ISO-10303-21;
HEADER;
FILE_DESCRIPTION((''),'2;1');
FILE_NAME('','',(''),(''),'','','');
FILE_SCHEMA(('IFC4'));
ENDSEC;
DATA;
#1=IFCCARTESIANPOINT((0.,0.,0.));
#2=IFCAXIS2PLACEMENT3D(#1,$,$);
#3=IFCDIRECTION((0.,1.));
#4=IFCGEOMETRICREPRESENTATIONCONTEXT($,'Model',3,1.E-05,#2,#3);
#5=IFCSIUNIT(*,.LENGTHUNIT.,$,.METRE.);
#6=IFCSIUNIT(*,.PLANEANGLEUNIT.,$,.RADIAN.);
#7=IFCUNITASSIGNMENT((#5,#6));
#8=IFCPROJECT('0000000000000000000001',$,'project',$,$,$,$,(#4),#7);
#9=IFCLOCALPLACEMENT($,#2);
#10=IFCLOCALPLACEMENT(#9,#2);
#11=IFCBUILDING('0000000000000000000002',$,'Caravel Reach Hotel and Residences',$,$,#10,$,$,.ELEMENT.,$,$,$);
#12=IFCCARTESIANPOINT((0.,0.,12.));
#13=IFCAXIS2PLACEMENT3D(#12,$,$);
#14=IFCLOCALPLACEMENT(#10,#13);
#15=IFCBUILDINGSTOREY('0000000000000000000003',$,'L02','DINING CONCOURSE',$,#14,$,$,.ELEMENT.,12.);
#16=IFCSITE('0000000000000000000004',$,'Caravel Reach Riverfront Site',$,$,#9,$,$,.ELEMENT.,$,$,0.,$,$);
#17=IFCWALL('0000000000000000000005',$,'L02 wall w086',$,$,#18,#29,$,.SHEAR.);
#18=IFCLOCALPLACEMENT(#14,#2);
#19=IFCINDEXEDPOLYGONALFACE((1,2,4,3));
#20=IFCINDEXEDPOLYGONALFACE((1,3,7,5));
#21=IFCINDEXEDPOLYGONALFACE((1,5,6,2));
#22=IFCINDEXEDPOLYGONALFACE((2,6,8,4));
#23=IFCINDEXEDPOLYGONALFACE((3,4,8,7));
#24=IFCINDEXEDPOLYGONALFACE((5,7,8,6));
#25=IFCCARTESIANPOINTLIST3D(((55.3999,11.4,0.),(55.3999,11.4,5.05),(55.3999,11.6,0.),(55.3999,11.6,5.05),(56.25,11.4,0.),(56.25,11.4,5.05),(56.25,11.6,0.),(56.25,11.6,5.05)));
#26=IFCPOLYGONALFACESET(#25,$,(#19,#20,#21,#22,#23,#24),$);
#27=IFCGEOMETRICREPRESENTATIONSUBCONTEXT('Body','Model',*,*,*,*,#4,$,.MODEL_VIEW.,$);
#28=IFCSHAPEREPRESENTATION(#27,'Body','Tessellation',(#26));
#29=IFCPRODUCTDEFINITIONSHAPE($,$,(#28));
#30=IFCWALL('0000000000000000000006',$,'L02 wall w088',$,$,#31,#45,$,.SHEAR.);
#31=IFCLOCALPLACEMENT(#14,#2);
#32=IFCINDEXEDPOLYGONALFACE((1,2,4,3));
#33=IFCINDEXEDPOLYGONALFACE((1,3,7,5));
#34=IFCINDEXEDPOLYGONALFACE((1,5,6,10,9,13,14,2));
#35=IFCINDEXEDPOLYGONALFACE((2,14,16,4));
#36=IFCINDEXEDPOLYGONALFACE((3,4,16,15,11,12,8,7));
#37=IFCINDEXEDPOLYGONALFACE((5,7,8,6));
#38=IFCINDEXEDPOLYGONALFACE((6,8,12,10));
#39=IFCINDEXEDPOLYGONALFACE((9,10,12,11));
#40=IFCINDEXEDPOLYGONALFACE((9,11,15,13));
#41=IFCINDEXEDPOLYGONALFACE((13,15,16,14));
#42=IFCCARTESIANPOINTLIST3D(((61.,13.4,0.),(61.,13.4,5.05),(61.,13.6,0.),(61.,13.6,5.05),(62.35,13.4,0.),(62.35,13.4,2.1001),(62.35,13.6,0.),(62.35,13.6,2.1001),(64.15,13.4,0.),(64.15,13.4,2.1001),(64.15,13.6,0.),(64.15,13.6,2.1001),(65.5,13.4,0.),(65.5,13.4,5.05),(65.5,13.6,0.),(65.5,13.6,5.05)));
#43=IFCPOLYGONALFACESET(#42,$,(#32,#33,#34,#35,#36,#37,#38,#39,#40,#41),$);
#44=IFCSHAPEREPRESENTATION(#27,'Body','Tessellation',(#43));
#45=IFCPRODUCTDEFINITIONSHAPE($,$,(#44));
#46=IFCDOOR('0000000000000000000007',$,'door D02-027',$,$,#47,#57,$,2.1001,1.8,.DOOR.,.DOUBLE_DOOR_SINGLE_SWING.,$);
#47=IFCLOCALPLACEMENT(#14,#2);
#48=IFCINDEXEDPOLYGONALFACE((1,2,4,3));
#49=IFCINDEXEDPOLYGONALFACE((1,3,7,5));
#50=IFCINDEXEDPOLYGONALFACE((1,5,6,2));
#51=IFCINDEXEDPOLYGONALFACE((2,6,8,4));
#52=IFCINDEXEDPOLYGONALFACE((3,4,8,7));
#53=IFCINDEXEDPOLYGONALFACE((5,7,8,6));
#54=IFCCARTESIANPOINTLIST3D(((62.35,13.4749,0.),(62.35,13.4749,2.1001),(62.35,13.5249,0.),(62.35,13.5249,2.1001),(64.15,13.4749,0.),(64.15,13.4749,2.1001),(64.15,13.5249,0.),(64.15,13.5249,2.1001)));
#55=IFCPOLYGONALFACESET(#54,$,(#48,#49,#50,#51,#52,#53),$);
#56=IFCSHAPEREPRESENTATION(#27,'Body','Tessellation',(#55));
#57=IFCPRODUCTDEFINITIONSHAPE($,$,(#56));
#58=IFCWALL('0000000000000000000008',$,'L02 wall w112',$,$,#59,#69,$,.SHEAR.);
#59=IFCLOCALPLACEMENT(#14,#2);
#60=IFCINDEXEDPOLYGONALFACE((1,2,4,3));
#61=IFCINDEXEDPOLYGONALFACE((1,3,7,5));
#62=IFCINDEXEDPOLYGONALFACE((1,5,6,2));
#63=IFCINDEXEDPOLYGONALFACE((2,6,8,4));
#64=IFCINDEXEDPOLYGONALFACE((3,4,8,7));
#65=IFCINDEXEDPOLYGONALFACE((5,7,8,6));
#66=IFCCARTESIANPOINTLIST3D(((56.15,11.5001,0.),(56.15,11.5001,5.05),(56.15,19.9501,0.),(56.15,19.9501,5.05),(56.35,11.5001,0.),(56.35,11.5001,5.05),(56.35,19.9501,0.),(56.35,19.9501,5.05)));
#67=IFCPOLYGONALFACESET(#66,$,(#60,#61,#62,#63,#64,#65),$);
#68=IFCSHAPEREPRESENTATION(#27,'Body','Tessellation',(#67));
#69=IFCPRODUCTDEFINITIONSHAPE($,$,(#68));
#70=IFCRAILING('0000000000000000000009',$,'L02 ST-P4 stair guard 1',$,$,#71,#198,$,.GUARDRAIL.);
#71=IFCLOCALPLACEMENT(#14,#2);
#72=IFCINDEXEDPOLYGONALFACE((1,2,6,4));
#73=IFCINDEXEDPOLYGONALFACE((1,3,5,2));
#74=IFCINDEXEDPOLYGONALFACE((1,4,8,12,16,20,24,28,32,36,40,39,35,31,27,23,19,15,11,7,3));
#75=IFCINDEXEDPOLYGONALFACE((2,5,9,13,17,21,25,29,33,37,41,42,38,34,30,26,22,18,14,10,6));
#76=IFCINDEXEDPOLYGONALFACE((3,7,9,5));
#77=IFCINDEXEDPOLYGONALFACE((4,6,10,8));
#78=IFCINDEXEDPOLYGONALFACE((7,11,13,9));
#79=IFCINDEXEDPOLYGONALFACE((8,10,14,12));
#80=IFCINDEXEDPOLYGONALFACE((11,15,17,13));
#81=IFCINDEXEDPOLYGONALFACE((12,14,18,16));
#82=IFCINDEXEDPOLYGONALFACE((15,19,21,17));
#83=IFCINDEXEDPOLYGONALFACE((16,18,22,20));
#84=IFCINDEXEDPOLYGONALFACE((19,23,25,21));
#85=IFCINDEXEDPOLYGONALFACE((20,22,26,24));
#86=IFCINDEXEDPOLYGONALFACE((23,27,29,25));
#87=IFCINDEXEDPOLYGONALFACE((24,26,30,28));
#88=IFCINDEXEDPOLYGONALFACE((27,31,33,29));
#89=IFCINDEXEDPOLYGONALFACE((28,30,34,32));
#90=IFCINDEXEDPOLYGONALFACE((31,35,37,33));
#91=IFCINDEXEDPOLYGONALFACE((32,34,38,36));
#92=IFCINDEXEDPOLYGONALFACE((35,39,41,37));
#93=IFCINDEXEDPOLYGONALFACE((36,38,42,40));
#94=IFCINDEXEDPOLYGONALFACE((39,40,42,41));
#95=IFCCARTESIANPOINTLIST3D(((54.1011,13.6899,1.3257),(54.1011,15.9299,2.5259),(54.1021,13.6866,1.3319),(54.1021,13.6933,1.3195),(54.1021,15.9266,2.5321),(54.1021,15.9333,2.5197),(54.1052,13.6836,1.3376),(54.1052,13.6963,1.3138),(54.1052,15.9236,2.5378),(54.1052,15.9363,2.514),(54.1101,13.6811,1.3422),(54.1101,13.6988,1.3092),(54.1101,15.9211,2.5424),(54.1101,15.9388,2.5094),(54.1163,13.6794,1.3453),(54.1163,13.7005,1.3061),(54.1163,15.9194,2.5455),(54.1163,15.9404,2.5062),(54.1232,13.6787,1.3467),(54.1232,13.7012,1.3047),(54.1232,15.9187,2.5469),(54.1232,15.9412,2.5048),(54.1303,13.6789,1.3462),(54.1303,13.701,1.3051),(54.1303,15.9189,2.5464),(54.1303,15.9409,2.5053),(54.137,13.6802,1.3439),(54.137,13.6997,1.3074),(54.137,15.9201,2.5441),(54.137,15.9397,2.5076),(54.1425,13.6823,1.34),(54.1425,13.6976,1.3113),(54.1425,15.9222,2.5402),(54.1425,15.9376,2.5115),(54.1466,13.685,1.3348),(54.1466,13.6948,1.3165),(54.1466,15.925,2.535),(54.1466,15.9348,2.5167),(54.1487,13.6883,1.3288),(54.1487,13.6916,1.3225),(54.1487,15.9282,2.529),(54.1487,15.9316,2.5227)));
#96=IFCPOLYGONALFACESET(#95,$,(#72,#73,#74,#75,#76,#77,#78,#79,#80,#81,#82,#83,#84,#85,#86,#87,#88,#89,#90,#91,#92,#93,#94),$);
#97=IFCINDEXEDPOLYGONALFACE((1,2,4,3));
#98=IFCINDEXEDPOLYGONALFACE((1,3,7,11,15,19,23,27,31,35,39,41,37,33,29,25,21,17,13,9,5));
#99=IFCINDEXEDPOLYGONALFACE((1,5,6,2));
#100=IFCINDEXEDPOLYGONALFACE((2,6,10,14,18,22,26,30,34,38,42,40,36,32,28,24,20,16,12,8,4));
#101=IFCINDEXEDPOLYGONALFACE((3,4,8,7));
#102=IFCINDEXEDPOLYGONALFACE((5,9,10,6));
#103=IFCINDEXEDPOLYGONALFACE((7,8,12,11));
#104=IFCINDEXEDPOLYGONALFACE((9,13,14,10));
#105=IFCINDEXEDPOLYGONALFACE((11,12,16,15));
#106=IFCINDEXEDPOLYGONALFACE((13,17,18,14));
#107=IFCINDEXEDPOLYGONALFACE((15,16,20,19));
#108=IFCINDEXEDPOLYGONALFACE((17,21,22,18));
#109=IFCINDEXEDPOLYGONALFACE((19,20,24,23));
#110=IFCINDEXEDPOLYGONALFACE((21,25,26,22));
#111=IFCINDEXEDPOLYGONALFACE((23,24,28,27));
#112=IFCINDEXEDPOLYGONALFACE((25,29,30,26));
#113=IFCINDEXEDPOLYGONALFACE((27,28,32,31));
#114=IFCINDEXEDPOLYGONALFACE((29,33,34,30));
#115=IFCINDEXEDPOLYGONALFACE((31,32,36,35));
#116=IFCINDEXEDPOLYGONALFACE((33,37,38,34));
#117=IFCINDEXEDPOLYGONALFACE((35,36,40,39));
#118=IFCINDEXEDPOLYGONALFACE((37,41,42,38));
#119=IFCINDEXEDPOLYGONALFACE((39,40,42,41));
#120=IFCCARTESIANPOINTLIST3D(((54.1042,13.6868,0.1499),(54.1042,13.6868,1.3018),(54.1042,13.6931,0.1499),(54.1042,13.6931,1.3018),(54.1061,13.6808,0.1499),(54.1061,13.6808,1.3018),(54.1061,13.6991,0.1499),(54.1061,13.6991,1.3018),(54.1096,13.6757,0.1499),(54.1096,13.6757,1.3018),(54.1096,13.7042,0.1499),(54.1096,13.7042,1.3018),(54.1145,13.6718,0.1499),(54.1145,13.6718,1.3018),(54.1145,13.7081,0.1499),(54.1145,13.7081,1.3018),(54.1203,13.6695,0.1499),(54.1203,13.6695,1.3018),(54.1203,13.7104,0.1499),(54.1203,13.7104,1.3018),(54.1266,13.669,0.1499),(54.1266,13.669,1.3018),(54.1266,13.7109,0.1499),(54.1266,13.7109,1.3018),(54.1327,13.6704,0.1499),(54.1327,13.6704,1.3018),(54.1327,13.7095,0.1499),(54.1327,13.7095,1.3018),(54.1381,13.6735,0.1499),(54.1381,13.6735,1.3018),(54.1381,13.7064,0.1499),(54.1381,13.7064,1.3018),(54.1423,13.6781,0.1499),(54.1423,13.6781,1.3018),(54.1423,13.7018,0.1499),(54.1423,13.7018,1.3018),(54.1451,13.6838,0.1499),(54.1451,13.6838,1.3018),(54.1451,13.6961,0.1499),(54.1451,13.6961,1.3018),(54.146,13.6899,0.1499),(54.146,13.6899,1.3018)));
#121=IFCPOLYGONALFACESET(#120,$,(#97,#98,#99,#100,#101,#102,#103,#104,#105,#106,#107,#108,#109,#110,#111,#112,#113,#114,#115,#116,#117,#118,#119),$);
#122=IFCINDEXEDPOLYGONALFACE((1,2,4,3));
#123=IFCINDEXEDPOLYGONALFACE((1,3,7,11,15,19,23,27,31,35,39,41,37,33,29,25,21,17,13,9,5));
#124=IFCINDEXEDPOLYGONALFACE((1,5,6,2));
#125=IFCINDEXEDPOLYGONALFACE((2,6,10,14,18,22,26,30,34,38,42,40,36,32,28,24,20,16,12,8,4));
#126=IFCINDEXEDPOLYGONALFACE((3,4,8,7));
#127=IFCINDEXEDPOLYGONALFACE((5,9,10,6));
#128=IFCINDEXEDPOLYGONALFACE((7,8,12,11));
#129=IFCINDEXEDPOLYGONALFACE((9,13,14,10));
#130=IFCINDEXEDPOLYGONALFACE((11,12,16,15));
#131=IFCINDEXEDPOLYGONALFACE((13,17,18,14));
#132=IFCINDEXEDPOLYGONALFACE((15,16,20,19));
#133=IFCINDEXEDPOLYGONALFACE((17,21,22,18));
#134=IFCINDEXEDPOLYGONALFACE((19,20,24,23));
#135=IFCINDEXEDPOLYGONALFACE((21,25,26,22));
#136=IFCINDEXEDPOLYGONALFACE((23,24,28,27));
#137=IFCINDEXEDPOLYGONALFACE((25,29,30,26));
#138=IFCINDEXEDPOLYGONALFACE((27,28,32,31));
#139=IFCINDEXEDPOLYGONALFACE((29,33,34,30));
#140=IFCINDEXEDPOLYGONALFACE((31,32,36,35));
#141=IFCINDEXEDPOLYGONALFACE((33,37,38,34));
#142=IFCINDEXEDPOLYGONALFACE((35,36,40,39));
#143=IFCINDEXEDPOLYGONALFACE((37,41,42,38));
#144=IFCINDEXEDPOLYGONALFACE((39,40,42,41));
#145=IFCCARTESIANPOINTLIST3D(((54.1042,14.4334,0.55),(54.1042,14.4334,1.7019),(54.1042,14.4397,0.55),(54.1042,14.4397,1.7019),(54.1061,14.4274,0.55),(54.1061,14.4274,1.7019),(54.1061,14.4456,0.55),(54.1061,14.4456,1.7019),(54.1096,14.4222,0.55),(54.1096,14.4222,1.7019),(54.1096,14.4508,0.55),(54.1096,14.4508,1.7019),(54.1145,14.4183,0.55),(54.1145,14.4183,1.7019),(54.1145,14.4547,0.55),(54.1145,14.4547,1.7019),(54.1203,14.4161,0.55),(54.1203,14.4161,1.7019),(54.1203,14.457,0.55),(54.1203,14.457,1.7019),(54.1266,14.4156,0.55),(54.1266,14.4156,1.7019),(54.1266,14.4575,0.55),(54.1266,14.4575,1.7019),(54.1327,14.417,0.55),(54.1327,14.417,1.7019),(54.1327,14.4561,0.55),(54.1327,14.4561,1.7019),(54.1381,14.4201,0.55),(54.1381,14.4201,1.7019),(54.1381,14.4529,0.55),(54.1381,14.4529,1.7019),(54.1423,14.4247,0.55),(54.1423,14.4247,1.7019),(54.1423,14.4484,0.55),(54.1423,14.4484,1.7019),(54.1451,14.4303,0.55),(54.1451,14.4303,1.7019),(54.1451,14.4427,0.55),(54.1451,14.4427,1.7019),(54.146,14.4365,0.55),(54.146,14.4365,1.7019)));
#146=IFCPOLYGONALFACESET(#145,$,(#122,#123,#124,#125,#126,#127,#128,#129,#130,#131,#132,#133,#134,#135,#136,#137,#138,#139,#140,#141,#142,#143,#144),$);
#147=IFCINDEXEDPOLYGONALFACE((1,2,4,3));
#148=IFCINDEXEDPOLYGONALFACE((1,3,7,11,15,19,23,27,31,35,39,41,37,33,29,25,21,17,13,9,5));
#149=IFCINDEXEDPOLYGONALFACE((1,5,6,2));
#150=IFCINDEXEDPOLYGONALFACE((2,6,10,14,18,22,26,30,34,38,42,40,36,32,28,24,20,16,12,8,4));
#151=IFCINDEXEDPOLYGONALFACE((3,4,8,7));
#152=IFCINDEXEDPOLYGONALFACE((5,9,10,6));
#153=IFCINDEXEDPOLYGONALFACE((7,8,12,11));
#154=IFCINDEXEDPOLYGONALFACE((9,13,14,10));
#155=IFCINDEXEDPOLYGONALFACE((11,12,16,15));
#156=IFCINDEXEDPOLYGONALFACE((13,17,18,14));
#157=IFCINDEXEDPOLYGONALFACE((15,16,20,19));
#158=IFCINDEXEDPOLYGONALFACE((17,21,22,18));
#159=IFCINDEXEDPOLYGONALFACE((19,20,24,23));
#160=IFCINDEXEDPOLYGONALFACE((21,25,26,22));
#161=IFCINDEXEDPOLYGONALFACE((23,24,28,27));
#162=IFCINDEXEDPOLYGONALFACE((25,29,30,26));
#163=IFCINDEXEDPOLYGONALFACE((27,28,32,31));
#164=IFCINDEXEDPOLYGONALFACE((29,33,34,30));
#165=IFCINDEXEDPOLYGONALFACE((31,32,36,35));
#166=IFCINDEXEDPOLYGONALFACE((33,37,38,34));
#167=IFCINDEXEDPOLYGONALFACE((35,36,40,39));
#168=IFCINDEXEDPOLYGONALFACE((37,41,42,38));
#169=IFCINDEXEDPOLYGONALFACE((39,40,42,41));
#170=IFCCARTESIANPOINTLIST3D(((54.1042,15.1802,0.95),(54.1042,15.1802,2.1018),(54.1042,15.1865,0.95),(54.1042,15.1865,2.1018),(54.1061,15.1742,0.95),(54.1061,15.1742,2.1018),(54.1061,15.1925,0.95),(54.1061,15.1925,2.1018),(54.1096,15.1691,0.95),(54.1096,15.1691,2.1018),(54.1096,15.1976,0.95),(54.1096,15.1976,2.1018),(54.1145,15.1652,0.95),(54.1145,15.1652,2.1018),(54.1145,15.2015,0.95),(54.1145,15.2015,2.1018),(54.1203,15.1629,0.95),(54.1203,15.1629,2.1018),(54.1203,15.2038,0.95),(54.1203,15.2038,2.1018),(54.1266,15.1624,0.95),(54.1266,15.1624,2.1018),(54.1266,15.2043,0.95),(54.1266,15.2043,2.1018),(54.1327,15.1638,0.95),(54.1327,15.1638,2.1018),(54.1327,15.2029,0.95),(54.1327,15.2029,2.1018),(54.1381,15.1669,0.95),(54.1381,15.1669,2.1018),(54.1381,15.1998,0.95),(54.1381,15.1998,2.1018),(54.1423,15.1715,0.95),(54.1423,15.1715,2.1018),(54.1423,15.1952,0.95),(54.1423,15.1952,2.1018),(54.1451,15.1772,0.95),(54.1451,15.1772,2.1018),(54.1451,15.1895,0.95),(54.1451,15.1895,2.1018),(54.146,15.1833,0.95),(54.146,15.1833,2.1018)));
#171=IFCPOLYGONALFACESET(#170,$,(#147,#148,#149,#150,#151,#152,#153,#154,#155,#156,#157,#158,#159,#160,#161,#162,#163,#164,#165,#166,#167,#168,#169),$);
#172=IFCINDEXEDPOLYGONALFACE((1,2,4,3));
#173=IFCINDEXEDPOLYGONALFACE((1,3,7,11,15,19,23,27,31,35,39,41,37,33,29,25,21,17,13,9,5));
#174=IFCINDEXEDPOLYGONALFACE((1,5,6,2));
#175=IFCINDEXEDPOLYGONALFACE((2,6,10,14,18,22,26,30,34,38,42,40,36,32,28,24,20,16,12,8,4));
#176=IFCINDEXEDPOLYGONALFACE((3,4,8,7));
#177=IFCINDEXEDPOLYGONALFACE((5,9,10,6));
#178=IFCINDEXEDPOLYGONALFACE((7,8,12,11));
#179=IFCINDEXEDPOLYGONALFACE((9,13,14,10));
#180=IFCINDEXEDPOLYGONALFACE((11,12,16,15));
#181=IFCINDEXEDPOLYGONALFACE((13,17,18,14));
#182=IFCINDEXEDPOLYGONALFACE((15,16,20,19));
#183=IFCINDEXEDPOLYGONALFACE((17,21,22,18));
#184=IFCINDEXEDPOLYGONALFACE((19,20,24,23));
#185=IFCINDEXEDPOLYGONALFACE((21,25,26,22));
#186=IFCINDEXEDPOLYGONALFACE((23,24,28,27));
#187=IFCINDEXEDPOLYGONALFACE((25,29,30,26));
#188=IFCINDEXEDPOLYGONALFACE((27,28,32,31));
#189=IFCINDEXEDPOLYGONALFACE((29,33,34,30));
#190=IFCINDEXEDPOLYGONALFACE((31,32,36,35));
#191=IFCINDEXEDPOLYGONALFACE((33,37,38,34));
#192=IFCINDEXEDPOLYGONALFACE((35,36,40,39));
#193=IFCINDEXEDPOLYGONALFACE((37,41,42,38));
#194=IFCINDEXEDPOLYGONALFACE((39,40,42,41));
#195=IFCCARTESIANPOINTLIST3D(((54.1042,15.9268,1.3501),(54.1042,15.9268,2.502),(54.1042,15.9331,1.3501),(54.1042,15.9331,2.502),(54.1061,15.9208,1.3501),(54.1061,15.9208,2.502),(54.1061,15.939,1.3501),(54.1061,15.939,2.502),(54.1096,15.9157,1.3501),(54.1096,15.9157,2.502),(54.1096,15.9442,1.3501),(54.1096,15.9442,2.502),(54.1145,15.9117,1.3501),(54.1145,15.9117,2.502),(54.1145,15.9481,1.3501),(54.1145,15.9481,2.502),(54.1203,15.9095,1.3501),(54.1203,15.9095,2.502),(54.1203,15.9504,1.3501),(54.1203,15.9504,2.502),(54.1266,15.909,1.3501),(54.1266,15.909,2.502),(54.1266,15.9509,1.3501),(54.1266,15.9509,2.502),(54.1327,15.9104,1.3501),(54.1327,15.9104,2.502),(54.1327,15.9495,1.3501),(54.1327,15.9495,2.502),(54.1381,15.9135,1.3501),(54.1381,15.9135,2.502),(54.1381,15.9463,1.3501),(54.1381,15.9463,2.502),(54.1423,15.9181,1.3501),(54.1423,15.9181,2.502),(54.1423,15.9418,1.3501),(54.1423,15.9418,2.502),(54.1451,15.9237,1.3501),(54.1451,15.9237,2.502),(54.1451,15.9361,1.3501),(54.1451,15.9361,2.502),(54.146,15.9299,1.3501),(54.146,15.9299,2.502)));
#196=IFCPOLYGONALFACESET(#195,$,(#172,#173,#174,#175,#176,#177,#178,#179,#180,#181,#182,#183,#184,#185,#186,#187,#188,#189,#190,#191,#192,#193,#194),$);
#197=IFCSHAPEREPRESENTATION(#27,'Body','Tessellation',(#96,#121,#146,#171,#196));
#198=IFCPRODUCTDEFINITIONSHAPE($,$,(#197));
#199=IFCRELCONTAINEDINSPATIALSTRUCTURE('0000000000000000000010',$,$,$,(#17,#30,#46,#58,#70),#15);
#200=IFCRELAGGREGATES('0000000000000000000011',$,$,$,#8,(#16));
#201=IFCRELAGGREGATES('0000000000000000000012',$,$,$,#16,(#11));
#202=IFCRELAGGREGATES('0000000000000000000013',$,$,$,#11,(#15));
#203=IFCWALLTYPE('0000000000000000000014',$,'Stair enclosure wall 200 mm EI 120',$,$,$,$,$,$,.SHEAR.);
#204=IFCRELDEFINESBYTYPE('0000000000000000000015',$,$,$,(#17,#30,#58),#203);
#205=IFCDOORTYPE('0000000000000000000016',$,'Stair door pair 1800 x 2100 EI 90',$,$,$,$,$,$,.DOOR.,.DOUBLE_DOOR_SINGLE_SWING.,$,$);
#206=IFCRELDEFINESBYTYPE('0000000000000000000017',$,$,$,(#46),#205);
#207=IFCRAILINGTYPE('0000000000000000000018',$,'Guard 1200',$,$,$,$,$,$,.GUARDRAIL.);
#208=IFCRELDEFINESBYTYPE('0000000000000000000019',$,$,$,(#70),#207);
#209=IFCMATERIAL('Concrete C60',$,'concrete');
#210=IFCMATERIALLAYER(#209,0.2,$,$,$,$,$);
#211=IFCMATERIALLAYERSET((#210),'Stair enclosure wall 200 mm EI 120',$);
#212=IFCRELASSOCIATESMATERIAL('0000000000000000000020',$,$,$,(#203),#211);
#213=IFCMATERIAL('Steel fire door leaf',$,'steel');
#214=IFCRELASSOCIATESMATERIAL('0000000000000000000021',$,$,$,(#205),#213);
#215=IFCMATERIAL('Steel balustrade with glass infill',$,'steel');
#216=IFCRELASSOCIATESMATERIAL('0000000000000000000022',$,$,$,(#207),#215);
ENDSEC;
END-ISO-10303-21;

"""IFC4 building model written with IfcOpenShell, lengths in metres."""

from ifc_helpers import new_model, si_unit, direction, frame, frame_2d, origin, origin_2d, place, context, subcontext, project, spatial, rectangle, circle, extrude, material, layer, layer_set, type_object, element, fill, save


model = new_model("IFC4")

# Units and contexts
model_context = context("Model", 3, precision=1e-05, world=origin(), true_north=direction((0.0, 1.0)))
body_context = subcontext(model_context, "Body", "Model", "MODEL_VIEW")
ifc_project = project(units=[si_unit("LENGTHUNIT", "METRE"), si_unit("PLANEANGLEUNIT", "RADIAN")], contexts=[model_context])

# Site, building, storey
site_placement = place(None, origin())
site = spatial("IfcSite", under=ifc_project, at=site_placement, Name="Caravel Reach Riverfront Site", CompositionType="ELEMENT", RefElevation=0.0)
building_placement = place(site_placement, origin())
building = spatial("IfcBuilding", under=site, at=building_placement, Name="Caravel Reach Hotel and Residences", CompositionType="ELEMENT")
storey_placement = place(building_placement, frame((0.0, 0.0, 12.0)))
storey = spatial("IfcBuildingStorey", under=building, at=storey_placement, Name="L02", Description="DINING CONCOURSE", CompositionType="ELEMENT", Elevation=12.0)

# Wall
ifc_material_1 = material(Name="Concrete C60", Category="concrete")
ifc_layer_1 = layer(ifc_material_1, 0.2)
ifc_layer_set_1 = layer_set([ifc_layer_1], Name="Stair enclosure wall 200 mm EI 120")
wall_type_1 = type_object("IfcWallType", Name="Stair enclosure wall 200 mm EI 120", PredefinedType="SHEAR", material=ifc_layer_set_1)
wall_1_placement = place(storey_placement, frame((55.3999, 11.5, 0.0), z_axis=(0.0, 0.0, 1.0), x_axis=(1.0, 0.0, 0.0)))
element("IfcWall", 1, at=wall_1_placement, inside=storey, type_object=wall_type_1, Name="L02 wall w086", PredefinedType="SHEAR", context=body_context, shape_type="SweptSolid", body=[
    extrude(rectangle(XDim=0.8501, YDim=0.2, at=frame_2d((0.425, 0.0))), origin(), (0.0, 0.0, 1.0), 5.05),
])

# Wall, opening, door
wall_2_placement = place(storey_placement, frame((61.0, 13.5, 0.0), z_axis=(0.0, 0.0, 1.0), x_axis=(1.0, 0.0, 0.0)))
wall_2 = element("IfcWall", 2, at=wall_2_placement, inside=storey, type_object=wall_type_1, Name="L02 wall w088", PredefinedType="SHEAR", context=body_context, shape_type="SweptSolid", body=[
    extrude(rectangle(XDim=4.5, YDim=0.2, at=frame_2d((2.25, 0.0))), origin(), (0.0, 0.0, 1.0), 5.05),
])
opening_1_placement = place(wall_2_placement, frame((1.3501, 0.0, 0.0)))
opening_1 = element("IfcOpeningElement", 3, at=opening_1_placement, cuts=wall_2, PredefinedType="OPENING", context=body_context, shape_type="SweptSolid", body=[
    extrude(rectangle(XDim=1.8, YDim=2.1001, at=frame_2d((0.8999, 1.05))), frame((0.0, 0.1099, 0.0), z_axis=(0.0, -1.0, 0.0), x_axis=(1.0, 0.0, 0.0)), (0.0, 0.0, 1.0), 0.22),
])
ifc_material_2 = material(Name="Steel fire door leaf", Category="steel")
door_type_1 = type_object("IfcDoorType", Name="Stair door pair 1800 x 2100 EI 90", OperationType="DOUBLE_DOOR_SINGLE_SWING", PredefinedType="DOOR", material=ifc_material_2)
door_1_placement = place(opening_1_placement, origin())
door_1 = element("IfcDoor", 4, at=door_1_placement, inside=storey, type_object=door_type_1, Name="door D02-027", OperationType="DOUBLE_DOOR_SINGLE_SWING", OverallHeight=2.1001, OverallWidth=1.8, PredefinedType="DOOR", context=body_context, shape_type="SweptSolid", body=[
    extrude(rectangle(XDim=1.8, YDim=2.1001, at=frame_2d((0.8999, 1.05))), frame((0.0, 0.0249, 0.0), z_axis=(0.0, -1.0, 0.0), x_axis=(1.0, 0.0, 0.0)), (0.0, 0.0, 1.0), 0.05),
])
fill(opening_1, door_1)

# Wall
wall_3_placement = place(storey_placement, frame((56.25, 11.5, 0.0), z_axis=(0.0, 0.0, 1.0), x_axis=(0.0, 1.0, 0.0)))
element("IfcWall", 5, at=wall_3_placement, inside=storey, type_object=wall_type_1, Name="L02 wall w112", PredefinedType="SHEAR", context=body_context, shape_type="SweptSolid", body=[
    extrude(rectangle(XDim=8.45, YDim=0.2, at=frame_2d((4.2251, 0.0))), origin(), (0.0, 0.0, 1.0), 5.05),
])

# Railing
ifc_material_3 = material(Name="Steel balustrade with glass infill", Category="steel")
railing_type_1 = type_object("IfcRailingType", Name="Guard 1200", PredefinedType="GUARDRAIL", material=ifc_material_3)
railing_1_placement = place(storey_placement, frame((54.125, 13.6899, 0.1499)))
element("IfcRailing", 6, at=railing_1_placement, inside=storey, type_object=railing_type_1, Name="L02 ST-P4 stair guard 1", PredefinedType="GUARDRAIL", context=body_context, shape_type="SweptSolid", body=[
    extrude(circle(Radius=0.0239, at=origin_2d()), frame((0.0, 0.0, 1.1758), z_axis=(0.0, 0.881447, 0.472283), x_axis=(-1.0, 0.0, 0.0)), (0.0, 0.0, 1.0), 2.5413),
    extrude(circle(Radius=0.021, at=origin_2d()), origin(), (0.0, 0.0, 1.0), 1.1519),
    extrude(circle(Radius=0.021, at=origin_2d()), frame((0.0, 0.7466, 0.4001)), (0.0, 0.0, 1.0), 1.1519),
    extrude(circle(Radius=0.021, at=origin_2d()), frame((0.0, 1.4934, 0.8)), (0.0, 0.0, 1.0), 1.1519),
    extrude(circle(Radius=0.021, at=origin_2d()), frame((0.0, 2.24, 1.2002)), (0.0, 0.0, 1.0), 1.1519),
])

save(model, "model.ifc")
